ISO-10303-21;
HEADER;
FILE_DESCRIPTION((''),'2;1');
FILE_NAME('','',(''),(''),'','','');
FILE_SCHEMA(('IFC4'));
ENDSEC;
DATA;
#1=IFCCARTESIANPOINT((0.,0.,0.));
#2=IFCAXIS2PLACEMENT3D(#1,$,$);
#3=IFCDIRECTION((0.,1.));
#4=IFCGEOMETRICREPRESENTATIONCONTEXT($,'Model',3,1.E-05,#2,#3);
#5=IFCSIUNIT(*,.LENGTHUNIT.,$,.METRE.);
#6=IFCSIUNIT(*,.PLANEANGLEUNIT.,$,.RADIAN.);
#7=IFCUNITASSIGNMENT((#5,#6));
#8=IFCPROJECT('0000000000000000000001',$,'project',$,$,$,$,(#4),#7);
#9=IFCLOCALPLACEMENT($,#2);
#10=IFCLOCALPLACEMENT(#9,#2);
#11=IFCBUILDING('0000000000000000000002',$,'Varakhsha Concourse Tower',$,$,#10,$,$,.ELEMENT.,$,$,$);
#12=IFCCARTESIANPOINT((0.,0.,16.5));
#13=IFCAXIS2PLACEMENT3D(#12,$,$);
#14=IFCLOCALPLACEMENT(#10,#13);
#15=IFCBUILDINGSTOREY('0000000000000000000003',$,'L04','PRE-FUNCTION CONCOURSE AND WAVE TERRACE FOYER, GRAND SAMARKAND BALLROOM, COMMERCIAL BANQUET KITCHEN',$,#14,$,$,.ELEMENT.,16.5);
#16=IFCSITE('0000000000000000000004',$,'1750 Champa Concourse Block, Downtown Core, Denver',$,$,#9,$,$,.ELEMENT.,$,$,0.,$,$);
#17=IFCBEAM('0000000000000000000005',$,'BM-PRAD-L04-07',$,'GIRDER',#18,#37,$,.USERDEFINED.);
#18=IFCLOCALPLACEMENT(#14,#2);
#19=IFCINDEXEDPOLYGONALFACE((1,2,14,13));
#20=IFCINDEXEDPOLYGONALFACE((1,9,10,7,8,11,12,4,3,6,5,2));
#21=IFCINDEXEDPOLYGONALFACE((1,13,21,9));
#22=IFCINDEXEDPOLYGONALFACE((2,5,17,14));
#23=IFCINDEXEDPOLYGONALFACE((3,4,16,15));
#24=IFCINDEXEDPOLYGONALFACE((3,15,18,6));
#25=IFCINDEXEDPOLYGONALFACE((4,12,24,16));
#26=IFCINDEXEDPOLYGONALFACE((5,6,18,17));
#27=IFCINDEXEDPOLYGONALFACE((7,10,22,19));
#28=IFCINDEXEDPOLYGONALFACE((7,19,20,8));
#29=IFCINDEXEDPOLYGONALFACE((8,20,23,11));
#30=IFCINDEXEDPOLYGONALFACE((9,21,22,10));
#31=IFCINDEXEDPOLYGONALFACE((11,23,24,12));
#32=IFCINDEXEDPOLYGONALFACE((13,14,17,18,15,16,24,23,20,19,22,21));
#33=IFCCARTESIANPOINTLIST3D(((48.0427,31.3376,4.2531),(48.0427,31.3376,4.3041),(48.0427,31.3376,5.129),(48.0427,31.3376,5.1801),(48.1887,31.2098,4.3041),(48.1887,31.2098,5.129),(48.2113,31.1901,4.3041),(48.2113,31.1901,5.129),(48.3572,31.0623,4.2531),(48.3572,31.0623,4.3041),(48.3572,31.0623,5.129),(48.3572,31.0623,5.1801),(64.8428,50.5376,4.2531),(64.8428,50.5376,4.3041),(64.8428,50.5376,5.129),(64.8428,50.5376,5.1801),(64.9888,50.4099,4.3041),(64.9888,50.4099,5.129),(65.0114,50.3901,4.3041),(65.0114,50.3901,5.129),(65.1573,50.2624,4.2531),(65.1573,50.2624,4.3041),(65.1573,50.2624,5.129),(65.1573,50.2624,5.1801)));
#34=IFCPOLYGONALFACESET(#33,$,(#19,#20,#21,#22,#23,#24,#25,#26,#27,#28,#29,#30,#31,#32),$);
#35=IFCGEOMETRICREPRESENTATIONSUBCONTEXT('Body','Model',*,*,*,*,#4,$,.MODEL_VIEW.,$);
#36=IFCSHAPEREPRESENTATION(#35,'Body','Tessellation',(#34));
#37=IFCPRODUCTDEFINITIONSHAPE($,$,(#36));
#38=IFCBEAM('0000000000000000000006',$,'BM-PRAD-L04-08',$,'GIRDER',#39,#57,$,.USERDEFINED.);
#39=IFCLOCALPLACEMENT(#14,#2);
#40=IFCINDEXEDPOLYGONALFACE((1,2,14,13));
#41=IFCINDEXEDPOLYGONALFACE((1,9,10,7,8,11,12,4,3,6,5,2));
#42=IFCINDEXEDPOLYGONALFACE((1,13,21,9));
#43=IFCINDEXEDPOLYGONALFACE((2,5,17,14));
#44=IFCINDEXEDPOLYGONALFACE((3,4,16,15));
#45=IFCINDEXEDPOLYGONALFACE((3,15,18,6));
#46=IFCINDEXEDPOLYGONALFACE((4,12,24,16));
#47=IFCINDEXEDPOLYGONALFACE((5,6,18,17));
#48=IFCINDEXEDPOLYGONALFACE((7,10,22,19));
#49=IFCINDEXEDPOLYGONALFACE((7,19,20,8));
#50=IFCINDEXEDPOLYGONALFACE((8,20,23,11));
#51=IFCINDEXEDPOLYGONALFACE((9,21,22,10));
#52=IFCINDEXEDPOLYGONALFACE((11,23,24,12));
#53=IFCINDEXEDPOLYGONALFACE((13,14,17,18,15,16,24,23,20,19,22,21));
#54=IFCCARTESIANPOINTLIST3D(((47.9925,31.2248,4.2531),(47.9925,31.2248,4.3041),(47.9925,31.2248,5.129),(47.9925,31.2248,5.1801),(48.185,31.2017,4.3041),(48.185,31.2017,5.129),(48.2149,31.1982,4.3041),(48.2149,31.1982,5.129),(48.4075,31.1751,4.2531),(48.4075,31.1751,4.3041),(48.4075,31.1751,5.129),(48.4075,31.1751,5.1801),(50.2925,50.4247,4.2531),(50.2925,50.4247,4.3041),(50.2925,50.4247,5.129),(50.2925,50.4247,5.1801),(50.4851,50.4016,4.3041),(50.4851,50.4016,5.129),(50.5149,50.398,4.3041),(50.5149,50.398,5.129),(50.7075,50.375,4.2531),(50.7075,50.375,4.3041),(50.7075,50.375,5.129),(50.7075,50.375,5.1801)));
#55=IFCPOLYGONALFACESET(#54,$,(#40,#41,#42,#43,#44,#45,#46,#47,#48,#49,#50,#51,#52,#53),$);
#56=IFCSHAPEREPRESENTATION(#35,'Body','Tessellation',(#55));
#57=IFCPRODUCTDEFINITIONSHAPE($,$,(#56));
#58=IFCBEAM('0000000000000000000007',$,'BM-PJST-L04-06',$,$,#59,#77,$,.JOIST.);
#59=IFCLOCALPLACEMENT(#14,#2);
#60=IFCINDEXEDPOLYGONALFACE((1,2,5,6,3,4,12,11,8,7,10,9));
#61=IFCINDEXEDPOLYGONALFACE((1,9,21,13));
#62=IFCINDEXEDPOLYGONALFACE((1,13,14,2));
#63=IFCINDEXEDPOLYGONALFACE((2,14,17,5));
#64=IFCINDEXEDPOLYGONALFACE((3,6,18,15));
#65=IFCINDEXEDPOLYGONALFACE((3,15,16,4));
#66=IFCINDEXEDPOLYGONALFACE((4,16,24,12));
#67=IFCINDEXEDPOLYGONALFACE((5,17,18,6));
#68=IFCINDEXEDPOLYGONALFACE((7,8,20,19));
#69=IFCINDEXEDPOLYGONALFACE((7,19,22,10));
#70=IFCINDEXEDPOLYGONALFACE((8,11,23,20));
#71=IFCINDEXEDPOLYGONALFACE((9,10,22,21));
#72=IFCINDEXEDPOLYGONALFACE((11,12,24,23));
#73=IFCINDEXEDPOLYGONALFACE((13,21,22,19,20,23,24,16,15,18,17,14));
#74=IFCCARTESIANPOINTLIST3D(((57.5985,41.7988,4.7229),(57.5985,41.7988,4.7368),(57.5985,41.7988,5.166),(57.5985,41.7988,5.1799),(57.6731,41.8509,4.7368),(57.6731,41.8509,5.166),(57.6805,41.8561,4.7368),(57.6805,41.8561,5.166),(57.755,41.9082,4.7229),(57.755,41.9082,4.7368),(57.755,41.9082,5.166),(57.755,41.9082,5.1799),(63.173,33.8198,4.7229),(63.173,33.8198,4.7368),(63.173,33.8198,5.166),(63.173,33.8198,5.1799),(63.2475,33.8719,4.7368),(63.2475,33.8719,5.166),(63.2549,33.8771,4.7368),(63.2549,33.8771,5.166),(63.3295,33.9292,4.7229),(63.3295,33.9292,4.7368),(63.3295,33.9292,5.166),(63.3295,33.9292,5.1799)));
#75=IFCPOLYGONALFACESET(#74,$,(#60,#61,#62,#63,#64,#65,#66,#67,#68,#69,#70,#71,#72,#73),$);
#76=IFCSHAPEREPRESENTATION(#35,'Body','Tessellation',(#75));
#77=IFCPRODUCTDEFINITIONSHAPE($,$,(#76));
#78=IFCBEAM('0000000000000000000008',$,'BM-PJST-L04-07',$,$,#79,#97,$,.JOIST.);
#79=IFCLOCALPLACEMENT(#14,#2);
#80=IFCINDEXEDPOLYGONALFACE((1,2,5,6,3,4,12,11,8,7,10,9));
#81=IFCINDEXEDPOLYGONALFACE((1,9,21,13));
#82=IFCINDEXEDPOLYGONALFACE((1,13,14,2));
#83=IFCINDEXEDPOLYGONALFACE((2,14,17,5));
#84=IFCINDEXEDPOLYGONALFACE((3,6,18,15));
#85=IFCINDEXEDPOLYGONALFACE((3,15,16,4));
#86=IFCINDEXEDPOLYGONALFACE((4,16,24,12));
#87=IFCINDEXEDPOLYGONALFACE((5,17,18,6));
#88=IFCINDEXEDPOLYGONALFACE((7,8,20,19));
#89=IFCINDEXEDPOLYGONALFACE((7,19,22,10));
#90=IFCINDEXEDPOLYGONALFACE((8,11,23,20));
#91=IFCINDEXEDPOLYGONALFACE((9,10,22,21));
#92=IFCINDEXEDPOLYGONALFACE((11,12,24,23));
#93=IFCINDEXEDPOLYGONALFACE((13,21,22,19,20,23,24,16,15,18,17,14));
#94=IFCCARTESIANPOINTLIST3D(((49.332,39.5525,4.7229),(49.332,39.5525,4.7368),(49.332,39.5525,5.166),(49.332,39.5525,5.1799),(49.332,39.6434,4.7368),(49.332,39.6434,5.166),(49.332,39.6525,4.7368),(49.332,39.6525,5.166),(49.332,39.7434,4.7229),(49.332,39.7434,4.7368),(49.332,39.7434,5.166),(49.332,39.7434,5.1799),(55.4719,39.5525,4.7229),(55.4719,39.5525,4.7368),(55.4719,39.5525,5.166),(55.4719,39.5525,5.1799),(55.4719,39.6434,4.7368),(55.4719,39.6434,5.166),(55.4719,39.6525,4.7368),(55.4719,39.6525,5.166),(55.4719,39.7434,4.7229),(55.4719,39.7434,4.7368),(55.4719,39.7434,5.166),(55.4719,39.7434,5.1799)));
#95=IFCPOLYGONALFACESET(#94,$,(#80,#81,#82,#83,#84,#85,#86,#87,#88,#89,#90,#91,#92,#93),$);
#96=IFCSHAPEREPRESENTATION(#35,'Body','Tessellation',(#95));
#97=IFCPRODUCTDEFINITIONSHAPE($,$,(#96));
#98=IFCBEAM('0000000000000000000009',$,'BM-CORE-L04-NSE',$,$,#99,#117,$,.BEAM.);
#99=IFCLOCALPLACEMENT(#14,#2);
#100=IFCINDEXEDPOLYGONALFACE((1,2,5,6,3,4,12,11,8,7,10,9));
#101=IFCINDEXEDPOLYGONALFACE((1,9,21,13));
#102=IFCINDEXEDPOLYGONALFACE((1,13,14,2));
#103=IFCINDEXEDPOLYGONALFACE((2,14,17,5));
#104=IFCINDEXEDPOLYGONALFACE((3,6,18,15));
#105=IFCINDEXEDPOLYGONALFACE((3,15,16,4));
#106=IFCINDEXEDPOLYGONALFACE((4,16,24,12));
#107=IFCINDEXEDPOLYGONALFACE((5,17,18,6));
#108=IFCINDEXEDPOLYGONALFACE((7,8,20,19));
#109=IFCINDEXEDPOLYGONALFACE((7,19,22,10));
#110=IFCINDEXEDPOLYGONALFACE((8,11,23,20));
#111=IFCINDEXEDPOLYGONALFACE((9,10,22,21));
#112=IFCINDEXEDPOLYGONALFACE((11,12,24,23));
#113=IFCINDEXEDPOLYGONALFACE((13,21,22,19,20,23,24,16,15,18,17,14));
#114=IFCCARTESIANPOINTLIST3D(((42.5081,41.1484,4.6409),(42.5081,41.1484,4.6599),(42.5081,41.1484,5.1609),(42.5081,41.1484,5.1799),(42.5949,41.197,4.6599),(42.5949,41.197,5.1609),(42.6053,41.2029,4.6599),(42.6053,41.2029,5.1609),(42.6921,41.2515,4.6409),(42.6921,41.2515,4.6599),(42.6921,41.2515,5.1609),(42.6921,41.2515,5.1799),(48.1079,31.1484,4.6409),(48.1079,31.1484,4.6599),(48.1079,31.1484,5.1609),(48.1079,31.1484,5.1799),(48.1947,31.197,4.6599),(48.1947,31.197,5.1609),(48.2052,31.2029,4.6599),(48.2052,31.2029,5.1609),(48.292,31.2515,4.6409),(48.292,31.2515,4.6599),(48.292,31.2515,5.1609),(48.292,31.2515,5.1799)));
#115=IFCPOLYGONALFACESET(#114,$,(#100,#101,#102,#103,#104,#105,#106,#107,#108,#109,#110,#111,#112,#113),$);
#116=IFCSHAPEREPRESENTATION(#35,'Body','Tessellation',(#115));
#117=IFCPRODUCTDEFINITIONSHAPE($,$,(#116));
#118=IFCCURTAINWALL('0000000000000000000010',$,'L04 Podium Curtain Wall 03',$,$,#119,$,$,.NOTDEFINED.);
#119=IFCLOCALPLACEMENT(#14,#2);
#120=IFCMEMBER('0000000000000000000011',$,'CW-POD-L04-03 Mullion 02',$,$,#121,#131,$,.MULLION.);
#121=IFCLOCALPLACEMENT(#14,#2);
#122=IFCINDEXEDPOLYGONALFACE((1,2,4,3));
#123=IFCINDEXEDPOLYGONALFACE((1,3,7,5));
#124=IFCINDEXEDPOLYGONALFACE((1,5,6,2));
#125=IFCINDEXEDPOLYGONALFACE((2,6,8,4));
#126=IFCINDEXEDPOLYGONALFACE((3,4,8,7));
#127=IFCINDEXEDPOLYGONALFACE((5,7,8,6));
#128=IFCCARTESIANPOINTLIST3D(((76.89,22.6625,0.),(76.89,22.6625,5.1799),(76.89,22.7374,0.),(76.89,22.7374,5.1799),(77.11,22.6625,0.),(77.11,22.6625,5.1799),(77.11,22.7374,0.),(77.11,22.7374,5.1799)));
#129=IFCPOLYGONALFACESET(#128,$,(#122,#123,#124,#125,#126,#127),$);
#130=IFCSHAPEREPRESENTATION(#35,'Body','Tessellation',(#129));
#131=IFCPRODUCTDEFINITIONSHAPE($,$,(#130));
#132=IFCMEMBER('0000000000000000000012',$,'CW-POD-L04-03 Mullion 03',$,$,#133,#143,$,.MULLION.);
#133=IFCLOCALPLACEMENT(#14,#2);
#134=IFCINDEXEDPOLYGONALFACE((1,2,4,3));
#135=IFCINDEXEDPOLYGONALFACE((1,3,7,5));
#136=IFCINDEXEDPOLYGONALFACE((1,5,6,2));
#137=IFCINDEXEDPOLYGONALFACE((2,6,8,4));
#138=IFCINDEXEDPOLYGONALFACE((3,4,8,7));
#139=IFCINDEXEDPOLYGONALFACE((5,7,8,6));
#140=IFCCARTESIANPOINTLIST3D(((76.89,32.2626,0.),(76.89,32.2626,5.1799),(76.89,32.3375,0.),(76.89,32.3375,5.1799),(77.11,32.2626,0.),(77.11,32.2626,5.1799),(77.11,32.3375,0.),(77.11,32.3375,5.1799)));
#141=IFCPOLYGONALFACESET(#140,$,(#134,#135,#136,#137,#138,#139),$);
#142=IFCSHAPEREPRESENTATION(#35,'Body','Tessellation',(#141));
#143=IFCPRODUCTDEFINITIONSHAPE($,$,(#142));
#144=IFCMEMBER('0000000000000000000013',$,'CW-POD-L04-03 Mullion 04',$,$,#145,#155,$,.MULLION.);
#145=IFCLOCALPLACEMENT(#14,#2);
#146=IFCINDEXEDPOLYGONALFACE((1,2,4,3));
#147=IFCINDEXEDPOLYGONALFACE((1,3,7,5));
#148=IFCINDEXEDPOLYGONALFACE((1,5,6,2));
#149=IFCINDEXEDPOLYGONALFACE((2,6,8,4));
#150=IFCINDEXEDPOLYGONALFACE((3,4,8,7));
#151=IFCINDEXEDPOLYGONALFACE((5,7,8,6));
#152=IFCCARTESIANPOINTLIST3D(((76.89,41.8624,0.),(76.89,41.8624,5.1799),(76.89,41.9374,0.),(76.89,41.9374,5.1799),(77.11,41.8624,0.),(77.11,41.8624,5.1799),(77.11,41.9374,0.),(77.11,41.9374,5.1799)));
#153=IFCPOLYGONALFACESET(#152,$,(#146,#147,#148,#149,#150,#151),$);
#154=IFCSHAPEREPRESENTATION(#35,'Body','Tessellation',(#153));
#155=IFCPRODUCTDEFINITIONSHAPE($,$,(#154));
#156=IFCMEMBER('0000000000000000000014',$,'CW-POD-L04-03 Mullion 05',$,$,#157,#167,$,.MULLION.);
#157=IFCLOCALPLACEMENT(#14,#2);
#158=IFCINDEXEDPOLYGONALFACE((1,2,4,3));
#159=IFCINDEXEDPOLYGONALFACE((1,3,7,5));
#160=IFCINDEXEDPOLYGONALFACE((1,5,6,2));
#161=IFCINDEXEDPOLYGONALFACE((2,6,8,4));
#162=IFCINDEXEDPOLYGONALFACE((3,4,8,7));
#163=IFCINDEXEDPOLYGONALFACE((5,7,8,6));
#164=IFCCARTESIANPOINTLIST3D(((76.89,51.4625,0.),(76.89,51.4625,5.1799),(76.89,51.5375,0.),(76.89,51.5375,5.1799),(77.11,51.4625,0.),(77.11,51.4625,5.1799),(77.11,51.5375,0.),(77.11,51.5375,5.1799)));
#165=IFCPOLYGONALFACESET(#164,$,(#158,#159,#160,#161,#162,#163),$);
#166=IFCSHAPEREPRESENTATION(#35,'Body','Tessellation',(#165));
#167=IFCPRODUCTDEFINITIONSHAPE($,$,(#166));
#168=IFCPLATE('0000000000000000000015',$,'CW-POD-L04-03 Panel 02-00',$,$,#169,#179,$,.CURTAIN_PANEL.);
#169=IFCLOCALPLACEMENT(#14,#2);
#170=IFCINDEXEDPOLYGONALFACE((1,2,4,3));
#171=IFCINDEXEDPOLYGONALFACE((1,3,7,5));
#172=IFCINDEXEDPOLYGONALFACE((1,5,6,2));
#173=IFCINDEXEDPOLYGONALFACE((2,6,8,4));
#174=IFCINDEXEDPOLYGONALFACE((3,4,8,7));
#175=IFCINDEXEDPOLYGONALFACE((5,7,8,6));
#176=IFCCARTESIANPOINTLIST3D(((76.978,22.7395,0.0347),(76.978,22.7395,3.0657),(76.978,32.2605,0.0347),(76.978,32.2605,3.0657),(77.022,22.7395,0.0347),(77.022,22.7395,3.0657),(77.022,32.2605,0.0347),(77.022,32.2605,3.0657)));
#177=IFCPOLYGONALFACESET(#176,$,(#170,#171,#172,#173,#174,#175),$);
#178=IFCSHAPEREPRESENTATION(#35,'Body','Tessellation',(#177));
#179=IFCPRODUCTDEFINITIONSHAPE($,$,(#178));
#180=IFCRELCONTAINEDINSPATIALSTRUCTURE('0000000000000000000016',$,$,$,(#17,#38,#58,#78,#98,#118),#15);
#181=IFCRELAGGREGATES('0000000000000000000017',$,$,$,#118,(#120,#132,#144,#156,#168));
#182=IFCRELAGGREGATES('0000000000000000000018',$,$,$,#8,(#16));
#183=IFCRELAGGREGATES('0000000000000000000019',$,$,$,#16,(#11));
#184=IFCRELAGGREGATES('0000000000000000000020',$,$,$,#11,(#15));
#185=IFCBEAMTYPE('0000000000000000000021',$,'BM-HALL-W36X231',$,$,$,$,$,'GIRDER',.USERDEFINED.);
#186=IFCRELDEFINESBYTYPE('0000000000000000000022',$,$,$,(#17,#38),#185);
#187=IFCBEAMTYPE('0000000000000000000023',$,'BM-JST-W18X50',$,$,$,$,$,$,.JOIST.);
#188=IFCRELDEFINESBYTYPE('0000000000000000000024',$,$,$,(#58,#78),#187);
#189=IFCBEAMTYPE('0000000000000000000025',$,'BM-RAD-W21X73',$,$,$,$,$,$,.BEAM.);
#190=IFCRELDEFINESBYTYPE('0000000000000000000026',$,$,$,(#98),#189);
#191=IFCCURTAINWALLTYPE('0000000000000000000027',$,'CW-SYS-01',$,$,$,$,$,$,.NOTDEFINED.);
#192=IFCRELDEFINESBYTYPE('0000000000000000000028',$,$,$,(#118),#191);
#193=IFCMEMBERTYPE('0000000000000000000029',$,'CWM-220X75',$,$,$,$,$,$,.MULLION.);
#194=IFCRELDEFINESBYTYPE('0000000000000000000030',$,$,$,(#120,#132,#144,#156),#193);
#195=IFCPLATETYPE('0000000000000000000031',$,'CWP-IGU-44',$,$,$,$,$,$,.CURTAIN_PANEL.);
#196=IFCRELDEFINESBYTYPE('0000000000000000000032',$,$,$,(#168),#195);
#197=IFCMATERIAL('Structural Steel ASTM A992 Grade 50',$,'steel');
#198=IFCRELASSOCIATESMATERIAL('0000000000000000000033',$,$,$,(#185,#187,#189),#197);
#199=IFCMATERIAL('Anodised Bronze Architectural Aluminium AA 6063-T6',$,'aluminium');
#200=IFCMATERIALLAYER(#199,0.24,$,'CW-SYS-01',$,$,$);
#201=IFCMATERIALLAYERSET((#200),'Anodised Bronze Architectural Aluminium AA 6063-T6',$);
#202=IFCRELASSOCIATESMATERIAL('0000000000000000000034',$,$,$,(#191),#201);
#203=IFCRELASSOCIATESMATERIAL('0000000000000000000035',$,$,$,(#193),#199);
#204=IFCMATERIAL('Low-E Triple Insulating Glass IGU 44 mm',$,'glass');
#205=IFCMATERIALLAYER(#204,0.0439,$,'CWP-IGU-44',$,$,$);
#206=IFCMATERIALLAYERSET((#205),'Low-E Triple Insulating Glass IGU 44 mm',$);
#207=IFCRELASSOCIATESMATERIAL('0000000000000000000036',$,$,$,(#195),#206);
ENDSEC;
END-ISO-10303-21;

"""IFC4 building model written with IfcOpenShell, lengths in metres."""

from ifc_helpers import new_model, si_unit, direction, frame, origin, origin_2d, place, context, subcontext, project, spatial, rectangle, i_section, extrude, source, transform, mapped, material, layer, layer_set, material_profile, profile_set, type_object, type_shapes, element, aggregate, save


model = new_model("IFC4")

# Units and contexts
model_context = context("Model", 3, precision=1e-05, world=origin(), true_north=direction((0.0, 1.0)))
body_context = subcontext(model_context, "Body", "Model", "MODEL_VIEW")
ifc_project = project(units=[si_unit("LENGTHUNIT", "METRE"), si_unit("PLANEANGLEUNIT", "RADIAN")], contexts=[model_context])

# Site, building, storey
site_placement = place(None, origin())
site = spatial("IfcSite", under=ifc_project, at=site_placement, Name="1750 Champa Concourse Block, Downtown Core, Denver", CompositionType="ELEMENT", RefElevation=0.0)
building_placement = place(site_placement, origin())
building = spatial("IfcBuilding", under=site, at=building_placement, Name="Varakhsha Concourse Tower", CompositionType="ELEMENT")
storey_placement = place(building_placement, frame((0.0, 0.0, 16.5)))
storey = spatial("IfcBuildingStorey", under=building, at=storey_placement, Name="L04", Description="PRE-FUNCTION CONCOURSE AND WAVE TERRACE FOYER, GRAND SAMARKAND BALLROOM, COMMERCIAL BANQUET KITCHEN", CompositionType="ELEMENT", Elevation=16.5)

# Shared definitions
ifc_material_1 = material(Name="Structural Steel ASTM A992 Grade 50", Category="steel")

# Beams
ifc_material_profile_1 = material_profile(ifc_material_1, i_section(OverallWidth=0.418, OverallDepth=0.927, WebThickness=0.03, FlangeThickness=0.051, at=origin_2d()), Name="W36X231")
ifc_profile_set_1 = profile_set([ifc_material_profile_1], Name="Structural Steel ASTM A992 Grade 50")
beam_type_1 = type_object("IfcBeamType", Name="BM-HALL-W36X231", ElementType="GIRDER", PredefinedType="USERDEFINED", material=ifc_profile_set_1)
beam_1_placement = place(storey_placement, frame((48.2, 31.2, 4.7166), z_axis=(0.658507, 0.752575, 0.0), x_axis=(-0.752575, 0.658507, 0.0)))
element("IfcBeam", 1, at=beam_1_placement, inside=storey, type_object=beam_type_1, Name="BM-PRAD-L04-07", ObjectType="GIRDER", PredefinedType="USERDEFINED", context=body_context, shape_type="SweptSolid", body=[
    extrude(i_section(OverallWidth=0.418, OverallDepth=0.927, WebThickness=0.03, FlangeThickness=0.051, at=origin_2d()), origin(), (0.0, 0.0, 1.0), 25.5125),
])
beam_2_placement = place(storey_placement, frame((48.2, 31.2, 4.7166), z_axis=(0.118944, 0.992901, 0.0), x_axis=(-0.992901, 0.118944, 0.0)))
element("IfcBeam", 2, at=beam_2_placement, inside=storey, type_object=beam_type_1, Name="BM-PRAD-L04-08", ObjectType="GIRDER", PredefinedType="USERDEFINED", context=body_context, shape_type="SweptSolid", body=[
    extrude(i_section(OverallWidth=0.418, OverallDepth=0.927, WebThickness=0.03, FlangeThickness=0.051, at=origin_2d()), origin(), (0.0, 0.0, 1.0), 19.3372),
])
ifc_material_profile_2 = material_profile(ifc_material_1, i_section(OverallWidth=0.1909, OverallDepth=0.457, WebThickness=0.009, FlangeThickness=0.0139, at=origin_2d()), Name="W18X50")
ifc_profile_set_2 = profile_set([ifc_material_profile_2], Name="Structural Steel ASTM A992 Grade 50")
beam_type_2 = type_object("IfcBeamType", Name="BM-JST-W18X50", PredefinedType="JOIST", material=ifc_profile_set_2)
beam_3_placement = place(storey_placement, frame((63.2512, 33.8745, 4.9514), z_axis=(-0.572715, 0.819755, 0.0), x_axis=(-0.819755, -0.572715, 0.0)))
element("IfcBeam", 3, at=beam_3_placement, inside=storey, type_object=beam_type_2, Name="BM-PJST-L04-06", PredefinedType="JOIST", context=body_context, shape_type="SweptSolid", body=[
    extrude(i_section(OverallWidth=0.1909, OverallDepth=0.457, WebThickness=0.009, FlangeThickness=0.0139, at=origin_2d()), origin(), (0.0, 0.0, 1.0), 9.7334),
])
beam_4_placement = place(storey_placement, frame((55.4719, 39.6479, 4.9514), z_axis=(-1.0, 0.0, 0.0), x_axis=(0.0, -1.0, 0.0)))
element("IfcBeam", 4, at=beam_4_placement, inside=storey, type_object=beam_type_2, Name="BM-PJST-L04-07", PredefinedType="JOIST", context=body_context, shape_type="SweptSolid", body=[
    extrude(i_section(OverallWidth=0.1909, OverallDepth=0.457, WebThickness=0.009, FlangeThickness=0.0139, at=origin_2d()), origin(), (0.0, 0.0, 1.0), 6.1399),
])
ifc_material_profile_3 = material_profile(ifc_material_1, i_section(OverallWidth=0.2109, OverallDepth=0.5391, WebThickness=0.012, FlangeThickness=0.019, at=origin_2d()), Name="W21X73")
ifc_profile_set_3 = profile_set([ifc_material_profile_3], Name="Structural Steel ASTM A992 Grade 50")
beam_type_3 = type_object("IfcBeamType", Name="BM-RAD-W21X73", PredefinedType="BEAM", material=ifc_profile_set_3)
beam_5_placement = place(storey_placement, frame((48.2, 31.2, 4.9104), z_axis=(-0.488594, 0.872511, 0.0), x_axis=(-0.872511, -0.488594, 0.0)))
element("IfcBeam", 5, at=beam_5_placement, inside=storey, type_object=beam_type_3, Name="BM-CORE-L04-NSE", PredefinedType="BEAM", context=body_context, shape_type="SweptSolid", body=[
    extrude(i_section(OverallWidth=0.2109, OverallDepth=0.5391, WebThickness=0.012, FlangeThickness=0.019, at=origin_2d()), origin(), (0.0, 0.0, 1.0), 11.4612),
])

# Curtain wall, members, plate
ifc_material_2 = material(Name="Anodised Bronze Architectural Aluminium AA 6063-T6", Category="aluminium")
ifc_layer_1 = layer(ifc_material_2, 0.24, Name="CW-SYS-01")
ifc_layer_set_1 = layer_set([ifc_layer_1], Name="Anodised Bronze Architectural Aluminium AA 6063-T6")
curtain_wall_type = type_object("IfcCurtainWallType", Name="CW-SYS-01", PredefinedType="NOTDEFINED", material=ifc_layer_set_1)
curtain_wall_placement = place(storey_placement, origin())
curtain_wall = element("IfcCurtainWall", 6, at=curtain_wall_placement, inside=storey, type_object=curtain_wall_type, Name="L04 Podium Curtain Wall 03", PredefinedType="NOTDEFINED")
ifc_material_profile_4 = material_profile(ifc_material_2, rectangle(XDim=0.075, YDim=0.22, at=origin_2d()), Name="CWM-220X75")
ifc_profile_set_4 = profile_set([ifc_material_profile_4], Name="Anodised Bronze Architectural Aluminium AA 6063-T6")
member_type = type_object("IfcMemberType", Name="CWM-220X75", PredefinedType="MULLION", material=ifc_profile_set_4)
shared_shape_1 = source(origin(), body_context, "Body", "SweptSolid", [
    extrude(rectangle(XDim=0.075, YDim=0.22, at=origin_2d()), origin(), (0.0, 0.0, 1.0), 5.1799),
])
type_shapes(member_type, [shared_shape_1])
member_1_placement = place(storey_placement, frame((77.0, 22.7, 0.0), z_axis=(0.0, 0.0, 1.0), x_axis=(0.0, 1.0, 0.0)))
member_1 = element("IfcMember", 7, at=member_1_placement, type_object=member_type, Name="CW-POD-L04-03 Mullion 02", PredefinedType="MULLION", context=body_context, shape_type="MappedRepresentation", body=[
    mapped(shared_shape_1, transform((0.0, 0.0, 0.0), scale=1.0)),
])
member_2_placement = place(storey_placement, frame((77.0, 32.3, 0.0), z_axis=(0.0, 0.0, 1.0), x_axis=(0.0, 1.0, 0.0)))
member_2 = element("IfcMember", 8, at=member_2_placement, type_object=member_type, Name="CW-POD-L04-03 Mullion 03", PredefinedType="MULLION", context=body_context, shape_type="MappedRepresentation", body=[
    mapped(shared_shape_1, transform((0.0, 0.0, 0.0), scale=1.0)),
])
member_3_placement = place(storey_placement, frame((77.0, 41.8999, 0.0), z_axis=(0.0, 0.0, 1.0), x_axis=(0.0, 1.0, 0.0)))
member_3 = element("IfcMember", 9, at=member_3_placement, type_object=member_type, Name="CW-POD-L04-03 Mullion 04", PredefinedType="MULLION", context=body_context, shape_type="MappedRepresentation", body=[
    mapped(shared_shape_1, transform((0.0, 0.0, 0.0), scale=1.0)),
])
member_4_placement = place(storey_placement, frame((77.0, 51.5, 0.0), z_axis=(0.0, 0.0, 1.0), x_axis=(0.0, 1.0, 0.0)))
member_4 = element("IfcMember", 10, at=member_4_placement, type_object=member_type, Name="CW-POD-L04-03 Mullion 05", PredefinedType="MULLION", context=body_context, shape_type="MappedRepresentation", body=[
    mapped(shared_shape_1, transform((0.0, 0.0, 0.0), scale=1.0)),
])
ifc_material_3 = material(Name="Low-E Triple Insulating Glass IGU 44 mm", Category="glass")
ifc_layer_2 = layer(ifc_material_3, 0.0439, Name="CWP-IGU-44")
ifc_layer_set_2 = layer_set([ifc_layer_2], Name="Low-E Triple Insulating Glass IGU 44 mm")
plate_type_1 = type_object("IfcPlateType", Name="CWP-IGU-44", PredefinedType="CURTAIN_PANEL", material=ifc_layer_set_2)
shared_shape_2 = source(origin(), body_context, "Body", "SweptSolid", [
    extrude(rectangle(XDim=9.521, YDim=0.0439, at=origin_2d()), origin(), (0.0, 0.0, 1.0), 3.031),
])
type_shapes(plate_type_1, [shared_shape_2])
plate_1_placement = place(storey_placement, frame((77.0, 27.5, 0.0347), z_axis=(0.0, 0.0, 1.0), x_axis=(0.0, 1.0, 0.0)))
plate_1 = element("IfcPlate", 11, at=plate_1_placement, type_object=plate_type_1, Name="CW-POD-L04-03 Panel 02-00", PredefinedType="CURTAIN_PANEL", context=body_context, shape_type="MappedRepresentation", body=[
    mapped(shared_shape_2, transform((0.0, 0.0, 0.0), scale=1.0)),
])
aggregate(curtain_wall, [member_1, member_2, member_3, member_4, plate_1])

save(model, "model.ifc")
